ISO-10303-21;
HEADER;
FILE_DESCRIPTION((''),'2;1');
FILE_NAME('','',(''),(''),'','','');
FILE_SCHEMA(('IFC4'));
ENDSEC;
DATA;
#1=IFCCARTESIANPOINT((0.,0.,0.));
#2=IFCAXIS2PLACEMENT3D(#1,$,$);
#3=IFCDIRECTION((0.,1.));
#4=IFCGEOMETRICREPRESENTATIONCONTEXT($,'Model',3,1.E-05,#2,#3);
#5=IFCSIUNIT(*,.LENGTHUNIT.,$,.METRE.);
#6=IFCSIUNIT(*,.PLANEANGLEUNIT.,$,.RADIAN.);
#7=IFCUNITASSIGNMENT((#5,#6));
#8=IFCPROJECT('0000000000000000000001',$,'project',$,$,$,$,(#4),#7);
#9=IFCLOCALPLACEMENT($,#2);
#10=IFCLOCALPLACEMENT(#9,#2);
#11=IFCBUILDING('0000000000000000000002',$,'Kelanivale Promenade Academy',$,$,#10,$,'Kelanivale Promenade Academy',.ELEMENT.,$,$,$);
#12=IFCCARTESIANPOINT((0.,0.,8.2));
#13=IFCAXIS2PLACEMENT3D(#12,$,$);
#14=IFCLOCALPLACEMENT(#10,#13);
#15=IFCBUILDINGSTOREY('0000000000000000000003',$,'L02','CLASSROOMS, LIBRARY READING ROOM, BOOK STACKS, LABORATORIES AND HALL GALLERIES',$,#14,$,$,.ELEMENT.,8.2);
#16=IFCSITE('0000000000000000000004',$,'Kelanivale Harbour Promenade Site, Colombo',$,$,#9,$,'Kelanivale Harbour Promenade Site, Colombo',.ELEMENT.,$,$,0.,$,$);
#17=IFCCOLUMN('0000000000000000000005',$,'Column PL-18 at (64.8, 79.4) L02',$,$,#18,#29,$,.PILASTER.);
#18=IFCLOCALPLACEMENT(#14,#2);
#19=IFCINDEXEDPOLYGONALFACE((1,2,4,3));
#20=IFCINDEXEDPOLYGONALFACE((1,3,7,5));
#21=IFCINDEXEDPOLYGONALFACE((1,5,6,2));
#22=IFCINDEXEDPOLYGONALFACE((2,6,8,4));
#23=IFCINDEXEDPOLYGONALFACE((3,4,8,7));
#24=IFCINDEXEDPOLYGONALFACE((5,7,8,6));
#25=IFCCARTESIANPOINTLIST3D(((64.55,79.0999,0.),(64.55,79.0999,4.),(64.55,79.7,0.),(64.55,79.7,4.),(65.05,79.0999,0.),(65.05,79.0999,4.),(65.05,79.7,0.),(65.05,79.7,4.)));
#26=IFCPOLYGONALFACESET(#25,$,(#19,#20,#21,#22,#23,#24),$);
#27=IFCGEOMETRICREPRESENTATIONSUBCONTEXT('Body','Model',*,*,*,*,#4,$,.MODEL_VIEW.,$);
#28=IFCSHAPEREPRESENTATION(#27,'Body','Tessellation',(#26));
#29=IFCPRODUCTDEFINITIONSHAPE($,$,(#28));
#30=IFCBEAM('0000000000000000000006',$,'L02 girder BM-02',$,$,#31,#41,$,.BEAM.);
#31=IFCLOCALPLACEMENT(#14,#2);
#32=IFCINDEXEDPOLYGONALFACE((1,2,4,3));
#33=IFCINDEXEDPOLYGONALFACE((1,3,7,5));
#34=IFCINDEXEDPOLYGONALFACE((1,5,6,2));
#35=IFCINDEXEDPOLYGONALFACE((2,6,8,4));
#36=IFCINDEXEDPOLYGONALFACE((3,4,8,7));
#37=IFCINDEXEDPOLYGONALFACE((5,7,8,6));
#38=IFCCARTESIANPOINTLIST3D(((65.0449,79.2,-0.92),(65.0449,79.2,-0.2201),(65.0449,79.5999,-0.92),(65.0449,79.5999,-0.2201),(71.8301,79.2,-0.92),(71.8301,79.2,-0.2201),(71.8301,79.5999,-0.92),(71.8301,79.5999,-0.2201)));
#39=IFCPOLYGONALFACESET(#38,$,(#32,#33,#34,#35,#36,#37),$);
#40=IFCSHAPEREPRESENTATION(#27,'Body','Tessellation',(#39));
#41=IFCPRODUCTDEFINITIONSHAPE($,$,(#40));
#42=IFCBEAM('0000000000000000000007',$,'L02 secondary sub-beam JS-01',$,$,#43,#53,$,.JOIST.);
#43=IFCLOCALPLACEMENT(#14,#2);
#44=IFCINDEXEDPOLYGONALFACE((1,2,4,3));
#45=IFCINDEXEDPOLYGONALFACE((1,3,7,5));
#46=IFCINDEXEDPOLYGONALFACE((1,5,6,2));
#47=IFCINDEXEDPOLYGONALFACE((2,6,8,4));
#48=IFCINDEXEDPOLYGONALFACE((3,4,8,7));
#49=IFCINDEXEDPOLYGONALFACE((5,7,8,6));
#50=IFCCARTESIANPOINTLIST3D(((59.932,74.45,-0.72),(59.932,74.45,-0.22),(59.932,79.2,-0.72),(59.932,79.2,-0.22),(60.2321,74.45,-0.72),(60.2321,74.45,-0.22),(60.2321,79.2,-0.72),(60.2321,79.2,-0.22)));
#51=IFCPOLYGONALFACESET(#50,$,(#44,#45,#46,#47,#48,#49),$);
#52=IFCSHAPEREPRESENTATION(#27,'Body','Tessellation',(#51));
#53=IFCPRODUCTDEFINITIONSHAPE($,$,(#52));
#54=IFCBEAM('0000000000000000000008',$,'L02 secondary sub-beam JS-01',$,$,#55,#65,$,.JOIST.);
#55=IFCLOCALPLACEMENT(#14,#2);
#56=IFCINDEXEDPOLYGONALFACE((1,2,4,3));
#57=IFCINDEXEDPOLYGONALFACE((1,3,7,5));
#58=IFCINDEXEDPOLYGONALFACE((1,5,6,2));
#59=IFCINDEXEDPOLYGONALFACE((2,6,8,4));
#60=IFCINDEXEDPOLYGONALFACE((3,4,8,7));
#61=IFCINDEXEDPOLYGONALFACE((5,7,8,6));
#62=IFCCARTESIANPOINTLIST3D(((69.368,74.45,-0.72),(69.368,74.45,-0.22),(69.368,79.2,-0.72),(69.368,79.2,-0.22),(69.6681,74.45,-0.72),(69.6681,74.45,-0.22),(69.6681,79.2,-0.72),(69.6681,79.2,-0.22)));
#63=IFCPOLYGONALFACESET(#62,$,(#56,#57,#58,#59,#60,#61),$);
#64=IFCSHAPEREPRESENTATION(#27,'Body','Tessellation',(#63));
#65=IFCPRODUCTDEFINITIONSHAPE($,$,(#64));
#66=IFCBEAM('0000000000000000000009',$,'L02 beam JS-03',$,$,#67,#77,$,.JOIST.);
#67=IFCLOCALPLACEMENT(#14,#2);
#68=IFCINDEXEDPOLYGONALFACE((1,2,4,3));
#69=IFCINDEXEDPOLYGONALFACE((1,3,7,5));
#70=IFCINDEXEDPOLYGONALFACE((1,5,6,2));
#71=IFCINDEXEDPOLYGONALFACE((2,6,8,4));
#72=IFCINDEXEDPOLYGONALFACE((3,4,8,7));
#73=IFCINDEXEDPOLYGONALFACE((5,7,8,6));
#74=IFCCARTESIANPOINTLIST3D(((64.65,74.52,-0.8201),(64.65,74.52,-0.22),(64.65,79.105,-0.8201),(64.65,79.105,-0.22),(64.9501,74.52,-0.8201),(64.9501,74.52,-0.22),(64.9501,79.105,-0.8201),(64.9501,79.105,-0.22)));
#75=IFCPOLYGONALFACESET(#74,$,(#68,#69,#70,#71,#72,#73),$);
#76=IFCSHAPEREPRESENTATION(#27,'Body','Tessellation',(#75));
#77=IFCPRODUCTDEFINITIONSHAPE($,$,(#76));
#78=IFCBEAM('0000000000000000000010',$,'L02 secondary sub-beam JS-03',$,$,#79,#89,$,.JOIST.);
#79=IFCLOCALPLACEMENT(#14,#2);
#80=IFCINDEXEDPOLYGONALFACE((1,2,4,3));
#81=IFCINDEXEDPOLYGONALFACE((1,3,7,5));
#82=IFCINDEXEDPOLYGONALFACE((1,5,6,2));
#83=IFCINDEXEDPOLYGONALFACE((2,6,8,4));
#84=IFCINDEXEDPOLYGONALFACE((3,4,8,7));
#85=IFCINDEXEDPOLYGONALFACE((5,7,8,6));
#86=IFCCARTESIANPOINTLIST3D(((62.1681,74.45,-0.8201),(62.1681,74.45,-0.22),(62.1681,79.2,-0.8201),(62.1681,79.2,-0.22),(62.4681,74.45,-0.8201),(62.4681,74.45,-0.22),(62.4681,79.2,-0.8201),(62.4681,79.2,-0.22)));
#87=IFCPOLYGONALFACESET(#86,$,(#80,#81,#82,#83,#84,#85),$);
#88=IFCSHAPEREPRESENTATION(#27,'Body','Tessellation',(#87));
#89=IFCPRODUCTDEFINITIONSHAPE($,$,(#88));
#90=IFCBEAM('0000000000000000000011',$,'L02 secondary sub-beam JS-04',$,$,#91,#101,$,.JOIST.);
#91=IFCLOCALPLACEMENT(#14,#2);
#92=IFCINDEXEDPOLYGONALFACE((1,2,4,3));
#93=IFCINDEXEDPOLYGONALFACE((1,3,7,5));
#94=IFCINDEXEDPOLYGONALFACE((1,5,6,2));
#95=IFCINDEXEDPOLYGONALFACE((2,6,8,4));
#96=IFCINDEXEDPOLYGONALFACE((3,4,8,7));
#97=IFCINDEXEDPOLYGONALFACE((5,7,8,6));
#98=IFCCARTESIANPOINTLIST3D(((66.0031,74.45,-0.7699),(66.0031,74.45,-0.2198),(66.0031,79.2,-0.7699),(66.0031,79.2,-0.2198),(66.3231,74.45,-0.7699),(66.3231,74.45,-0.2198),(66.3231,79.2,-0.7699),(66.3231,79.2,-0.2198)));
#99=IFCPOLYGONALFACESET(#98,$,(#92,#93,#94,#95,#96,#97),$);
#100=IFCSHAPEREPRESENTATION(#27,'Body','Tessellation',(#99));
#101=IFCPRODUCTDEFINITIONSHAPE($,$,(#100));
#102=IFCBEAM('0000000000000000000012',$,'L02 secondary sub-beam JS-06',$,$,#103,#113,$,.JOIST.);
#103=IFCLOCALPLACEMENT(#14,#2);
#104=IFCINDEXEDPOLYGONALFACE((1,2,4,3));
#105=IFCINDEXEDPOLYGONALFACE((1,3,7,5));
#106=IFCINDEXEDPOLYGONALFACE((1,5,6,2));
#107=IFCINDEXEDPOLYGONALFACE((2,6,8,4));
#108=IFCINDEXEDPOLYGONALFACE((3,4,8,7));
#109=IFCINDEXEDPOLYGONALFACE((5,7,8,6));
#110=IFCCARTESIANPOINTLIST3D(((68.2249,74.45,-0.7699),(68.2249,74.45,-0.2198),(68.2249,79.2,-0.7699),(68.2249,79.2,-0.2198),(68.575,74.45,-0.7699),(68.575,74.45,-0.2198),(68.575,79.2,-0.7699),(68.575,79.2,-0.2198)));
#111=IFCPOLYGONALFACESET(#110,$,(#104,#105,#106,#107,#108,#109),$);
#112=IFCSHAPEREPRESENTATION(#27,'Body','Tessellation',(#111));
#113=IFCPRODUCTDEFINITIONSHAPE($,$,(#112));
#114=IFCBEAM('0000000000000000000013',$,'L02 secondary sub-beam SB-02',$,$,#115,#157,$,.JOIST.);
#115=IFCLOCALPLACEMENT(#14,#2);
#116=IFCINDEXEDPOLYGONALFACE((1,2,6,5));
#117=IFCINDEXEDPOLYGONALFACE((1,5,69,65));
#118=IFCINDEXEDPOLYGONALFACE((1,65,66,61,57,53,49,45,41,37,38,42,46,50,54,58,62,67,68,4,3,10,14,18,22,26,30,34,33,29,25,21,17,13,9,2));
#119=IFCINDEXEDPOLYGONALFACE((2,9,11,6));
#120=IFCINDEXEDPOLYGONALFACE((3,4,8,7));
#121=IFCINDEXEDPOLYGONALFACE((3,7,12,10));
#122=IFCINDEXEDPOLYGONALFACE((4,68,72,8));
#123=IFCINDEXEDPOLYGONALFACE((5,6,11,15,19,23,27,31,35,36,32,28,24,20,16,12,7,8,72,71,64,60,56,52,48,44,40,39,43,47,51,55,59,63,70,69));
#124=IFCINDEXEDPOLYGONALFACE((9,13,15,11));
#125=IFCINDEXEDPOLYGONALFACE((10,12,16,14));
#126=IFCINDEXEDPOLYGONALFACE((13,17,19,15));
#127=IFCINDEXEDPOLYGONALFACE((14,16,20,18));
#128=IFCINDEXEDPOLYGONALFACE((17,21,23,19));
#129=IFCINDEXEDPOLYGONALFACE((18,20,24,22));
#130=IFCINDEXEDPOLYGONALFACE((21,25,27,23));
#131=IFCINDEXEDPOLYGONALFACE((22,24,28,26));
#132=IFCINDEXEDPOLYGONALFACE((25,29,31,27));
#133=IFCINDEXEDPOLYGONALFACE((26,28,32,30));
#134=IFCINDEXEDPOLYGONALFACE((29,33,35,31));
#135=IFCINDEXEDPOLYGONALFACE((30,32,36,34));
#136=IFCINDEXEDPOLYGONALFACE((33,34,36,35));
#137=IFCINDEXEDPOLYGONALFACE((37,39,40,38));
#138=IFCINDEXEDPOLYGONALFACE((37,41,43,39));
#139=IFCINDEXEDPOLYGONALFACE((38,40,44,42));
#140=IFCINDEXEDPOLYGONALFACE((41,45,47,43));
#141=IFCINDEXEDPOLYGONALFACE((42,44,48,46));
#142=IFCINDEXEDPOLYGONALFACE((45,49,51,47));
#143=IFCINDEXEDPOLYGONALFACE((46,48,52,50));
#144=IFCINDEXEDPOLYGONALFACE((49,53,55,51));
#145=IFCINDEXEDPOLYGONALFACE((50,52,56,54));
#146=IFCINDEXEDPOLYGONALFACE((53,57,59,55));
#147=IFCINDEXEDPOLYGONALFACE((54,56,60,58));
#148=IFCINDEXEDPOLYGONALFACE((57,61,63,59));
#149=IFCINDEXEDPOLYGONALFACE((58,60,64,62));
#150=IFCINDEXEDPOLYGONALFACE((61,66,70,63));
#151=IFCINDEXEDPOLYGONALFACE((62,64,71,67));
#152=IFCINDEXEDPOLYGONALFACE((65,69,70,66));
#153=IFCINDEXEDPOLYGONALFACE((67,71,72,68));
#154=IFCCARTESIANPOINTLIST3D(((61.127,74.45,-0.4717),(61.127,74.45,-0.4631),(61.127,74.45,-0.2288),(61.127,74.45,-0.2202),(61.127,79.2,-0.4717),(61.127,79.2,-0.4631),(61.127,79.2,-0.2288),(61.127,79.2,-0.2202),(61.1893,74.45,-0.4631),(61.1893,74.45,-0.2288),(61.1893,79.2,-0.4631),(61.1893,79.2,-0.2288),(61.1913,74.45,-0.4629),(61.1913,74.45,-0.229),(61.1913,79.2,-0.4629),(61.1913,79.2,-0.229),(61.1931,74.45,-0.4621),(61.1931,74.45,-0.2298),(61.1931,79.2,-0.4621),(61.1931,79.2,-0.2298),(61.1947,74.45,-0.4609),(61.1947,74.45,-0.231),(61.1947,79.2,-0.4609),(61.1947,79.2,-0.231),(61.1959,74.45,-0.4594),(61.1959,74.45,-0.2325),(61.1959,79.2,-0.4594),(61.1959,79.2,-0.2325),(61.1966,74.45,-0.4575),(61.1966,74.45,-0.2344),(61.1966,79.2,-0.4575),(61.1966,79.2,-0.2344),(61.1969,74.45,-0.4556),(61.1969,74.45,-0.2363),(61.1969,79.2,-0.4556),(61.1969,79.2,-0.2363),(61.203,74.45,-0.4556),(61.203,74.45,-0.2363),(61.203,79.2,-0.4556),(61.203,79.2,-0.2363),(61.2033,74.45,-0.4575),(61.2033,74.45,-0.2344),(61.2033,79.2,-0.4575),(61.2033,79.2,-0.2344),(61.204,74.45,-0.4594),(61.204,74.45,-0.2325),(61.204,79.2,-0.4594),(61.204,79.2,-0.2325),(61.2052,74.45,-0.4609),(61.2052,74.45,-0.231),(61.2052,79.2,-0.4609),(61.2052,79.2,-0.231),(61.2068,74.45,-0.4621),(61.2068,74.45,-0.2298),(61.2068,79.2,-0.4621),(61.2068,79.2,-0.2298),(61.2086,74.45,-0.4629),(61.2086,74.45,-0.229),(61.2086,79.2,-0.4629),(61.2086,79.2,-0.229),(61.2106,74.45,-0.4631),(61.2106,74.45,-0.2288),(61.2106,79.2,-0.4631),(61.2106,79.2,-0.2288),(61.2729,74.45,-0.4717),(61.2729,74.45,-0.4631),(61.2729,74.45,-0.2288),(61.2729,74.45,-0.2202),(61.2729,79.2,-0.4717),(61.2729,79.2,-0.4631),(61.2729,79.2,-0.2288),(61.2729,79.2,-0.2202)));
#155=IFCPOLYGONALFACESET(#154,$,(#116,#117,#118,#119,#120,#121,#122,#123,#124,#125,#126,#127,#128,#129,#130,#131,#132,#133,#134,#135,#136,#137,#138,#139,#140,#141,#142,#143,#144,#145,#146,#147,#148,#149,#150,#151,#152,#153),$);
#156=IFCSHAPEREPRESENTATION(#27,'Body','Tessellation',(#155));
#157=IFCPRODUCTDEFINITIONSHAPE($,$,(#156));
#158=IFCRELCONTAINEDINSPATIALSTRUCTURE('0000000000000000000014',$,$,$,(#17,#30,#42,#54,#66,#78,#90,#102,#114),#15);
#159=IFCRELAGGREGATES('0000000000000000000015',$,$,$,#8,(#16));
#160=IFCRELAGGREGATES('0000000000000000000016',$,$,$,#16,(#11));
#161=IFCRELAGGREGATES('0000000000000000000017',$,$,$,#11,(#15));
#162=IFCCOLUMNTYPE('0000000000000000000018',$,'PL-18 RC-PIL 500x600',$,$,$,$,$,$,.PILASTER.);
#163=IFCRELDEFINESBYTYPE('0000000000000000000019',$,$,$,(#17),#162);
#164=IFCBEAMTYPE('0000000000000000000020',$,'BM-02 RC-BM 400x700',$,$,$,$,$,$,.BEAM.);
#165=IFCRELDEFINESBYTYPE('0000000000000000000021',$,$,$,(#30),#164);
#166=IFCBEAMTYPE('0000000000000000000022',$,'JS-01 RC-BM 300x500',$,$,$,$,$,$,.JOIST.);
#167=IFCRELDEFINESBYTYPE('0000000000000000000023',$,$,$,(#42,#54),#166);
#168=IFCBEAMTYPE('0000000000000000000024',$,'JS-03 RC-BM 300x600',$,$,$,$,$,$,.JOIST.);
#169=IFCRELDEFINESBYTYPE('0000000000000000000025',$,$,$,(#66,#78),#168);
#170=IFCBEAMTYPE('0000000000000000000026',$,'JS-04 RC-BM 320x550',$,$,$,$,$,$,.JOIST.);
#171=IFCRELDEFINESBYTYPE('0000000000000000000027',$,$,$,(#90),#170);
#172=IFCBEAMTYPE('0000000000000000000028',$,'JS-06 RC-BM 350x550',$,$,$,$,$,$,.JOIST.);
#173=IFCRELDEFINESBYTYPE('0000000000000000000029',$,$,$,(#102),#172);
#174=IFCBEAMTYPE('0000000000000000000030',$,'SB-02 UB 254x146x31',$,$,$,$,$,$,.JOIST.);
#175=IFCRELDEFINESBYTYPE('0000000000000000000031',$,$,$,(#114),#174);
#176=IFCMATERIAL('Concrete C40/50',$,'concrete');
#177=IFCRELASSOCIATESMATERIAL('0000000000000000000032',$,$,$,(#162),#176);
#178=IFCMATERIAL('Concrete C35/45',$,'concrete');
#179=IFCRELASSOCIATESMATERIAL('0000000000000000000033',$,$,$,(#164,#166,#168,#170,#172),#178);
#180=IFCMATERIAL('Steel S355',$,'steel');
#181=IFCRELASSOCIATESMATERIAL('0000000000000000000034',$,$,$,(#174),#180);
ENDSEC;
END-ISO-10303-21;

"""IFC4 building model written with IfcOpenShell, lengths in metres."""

from ifc_helpers import new_model, si_unit, direction, frame, origin, origin_2d, place, context, subcontext, project, spatial, rectangle, i_section, extrude, material, material_profile, profile_set, type_object, element, save


model = new_model("IFC4")

# Units and contexts
model_context = context("Model", 3, precision=1e-05, world=origin(), true_north=direction((0.0, 1.0)))
body_context = subcontext(model_context, "Body", "Model", "MODEL_VIEW")
ifc_project = project(units=[si_unit("LENGTHUNIT", "METRE"), si_unit("PLANEANGLEUNIT", "RADIAN")], contexts=[model_context])

# Site, building, storey
site_placement = place(None, origin())
site = spatial("IfcSite", under=ifc_project, at=site_placement, Name="Kelanivale Harbour Promenade Site, Colombo", LongName="Kelanivale Harbour Promenade Site, Colombo", CompositionType="ELEMENT", RefElevation=0.0)
building_placement = place(site_placement, origin())
building = spatial("IfcBuilding", under=site, at=building_placement, Name="Kelanivale Promenade Academy", LongName="Kelanivale Promenade Academy", CompositionType="ELEMENT")
storey_placement = place(building_placement, frame((0.0, 0.0, 8.2)))
storey = spatial("IfcBuildingStorey", under=building, at=storey_placement, Name="L02", Description="CLASSROOMS, LIBRARY READING ROOM, BOOK STACKS, LABORATORIES AND HALL GALLERIES", CompositionType="ELEMENT", Elevation=8.2)

# Column
ifc_material_1 = material(Name="Concrete C40/50", Category="concrete")
ifc_material_profile_1 = material_profile(ifc_material_1, rectangle(XDim=0.5, YDim=0.6001, at=origin_2d()), Name="RC-PIL 500x600")
ifc_profile_set_1 = profile_set([ifc_material_profile_1], Name="Concrete C40/50")
column_type = type_object("IfcColumnType", Name="PL-18 RC-PIL 500x600", PredefinedType="PILASTER", material=ifc_profile_set_1)
column_placement = place(storey_placement, frame((64.8, 79.3999, 0.0), z_axis=(0.0, 0.0, 1.0), x_axis=(1.0, 0.0, 0.0)))
element("IfcColumn", 1, at=column_placement, inside=storey, type_object=column_type, Name="Column PL-18 at (64.8, 79.4) L02", PredefinedType="PILASTER", context=body_context, shape_type="SweptSolid", body=[
    extrude(rectangle(XDim=0.5, YDim=0.6001, at=origin_2d()), origin(), (0.0, 0.0, 1.0), 4.0),
])

# Beams
ifc_material_2 = material(Name="Concrete C35/45", Category="concrete")
ifc_material_profile_2 = material_profile(ifc_material_2, rectangle(XDim=0.3999, YDim=0.7, at=origin_2d()), Name="RC-BM 400x700")
ifc_profile_set_2 = profile_set([ifc_material_profile_2], Name="Concrete C35/45")
beam_type_1 = type_object("IfcBeamType", Name="BM-02 RC-BM 400x700", PredefinedType="BEAM", material=ifc_profile_set_2)
beam_1_placement = place(storey_placement, frame((65.0449, 79.3999, -0.5701), z_axis=(1.0, 0.0, 0.0), x_axis=(0.0, 1.0, 0.0)))
element("IfcBeam", 2, at=beam_1_placement, inside=storey, type_object=beam_type_1, Name="L02 girder BM-02", PredefinedType="BEAM", context=body_context, shape_type="SweptSolid", body=[
    extrude(rectangle(XDim=0.3999, YDim=0.7, at=origin_2d()), origin(), (0.0, 0.0, 1.0), 6.7852),
])
ifc_material_profile_3 = material_profile(ifc_material_2, rectangle(XDim=0.3, YDim=0.5, at=origin_2d()), Name="RC-BM 300x500")
ifc_profile_set_3 = profile_set([ifc_material_profile_3], Name="Concrete C35/45")
beam_type_2 = type_object("IfcBeamType", Name="JS-01 RC-BM 300x500", PredefinedType="JOIST", material=ifc_profile_set_3)
for number, where, z_axis, x_axis, name in (
    (3, (60.082, 74.45, -0.47), (0.0, 1.0, 0.0), (-1.0, 0.0, 0.0), "L02 secondary sub-beam JS-01"),
    (4, (69.5181, 74.45, -0.47), (0.0, 1.0, 0.0), (-1.0, 0.0, 0.0), "L02 secondary sub-beam JS-01"),
):
    element("IfcBeam", number, at=place(storey_placement, frame(where, z_axis=z_axis, x_axis=x_axis)), inside=storey, type_object=beam_type_2, Name=name, PredefinedType="JOIST", context=body_context, shape_type="SweptSolid", body=[
        extrude(rectangle(XDim=0.3, YDim=0.5, at=origin_2d()), origin(), (0.0, 0.0, 1.0), 4.75),
    ])
ifc_material_profile_4 = material_profile(ifc_material_2, rectangle(XDim=0.3, YDim=0.6001, at=origin_2d()), Name="RC-BM 300x600")
ifc_profile_set_4 = profile_set([ifc_material_profile_4], Name="Concrete C35/45")
beam_type_3 = type_object("IfcBeamType", Name="JS-03 RC-BM 300x600", PredefinedType="JOIST", material=ifc_profile_set_4)
beam_2_placement = place(storey_placement, frame((64.8, 74.52, -0.52), z_axis=(0.0, 1.0, 0.0), x_axis=(-1.0, 0.0, 0.0)))
element("IfcBeam", 5, at=beam_2_placement, inside=storey, type_object=beam_type_3, Name="L02 beam JS-03", PredefinedType="JOIST", context=body_context, shape_type="SweptSolid", body=[
    extrude(rectangle(XDim=0.3, YDim=0.6001, at=origin_2d()), origin(), (0.0, 0.0, 1.0), 4.585),
])
beam_3_placement = place(storey_placement, frame((62.3181, 74.45, -0.52), z_axis=(0.0, 1.0, 0.0), x_axis=(-1.0, 0.0, 0.0)))
element("IfcBeam", 6, at=beam_3_placement, inside=storey, type_object=beam_type_3, Name="L02 secondary sub-beam JS-03", PredefinedType="JOIST", context=body_context, shape_type="SweptSolid", body=[
    extrude(rectangle(XDim=0.3, YDim=0.6001, at=origin_2d()), origin(), (0.0, 0.0, 1.0), 4.75),
])
ifc_material_profile_5 = material_profile(ifc_material_2, rectangle(XDim=0.3201, YDim=0.55, at=origin_2d()), Name="RC-BM 320x550")
ifc_profile_set_5 = profile_set([ifc_material_profile_5], Name="Concrete C35/45")
beam_type_4 = type_object("IfcBeamType", Name="JS-04 RC-BM 320x550", PredefinedType="JOIST", material=ifc_profile_set_5)
beam_4_placement = place(storey_placement, frame((66.1631, 74.45, -0.4949), z_axis=(0.0, 1.0, 0.0), x_axis=(-1.0, 0.0, 0.0)))
element("IfcBeam", 7, at=beam_4_placement, inside=storey, type_object=beam_type_4, Name="L02 secondary sub-beam JS-04", PredefinedType="JOIST", context=body_context, shape_type="SweptSolid", body=[
    extrude(rectangle(XDim=0.3201, YDim=0.55, at=origin_2d()), origin(), (0.0, 0.0, 1.0), 4.75),
])
ifc_material_profile_6 = material_profile(ifc_material_2, rectangle(XDim=0.3501, YDim=0.55, at=origin_2d()), Name="RC-BM 350x550")
ifc_profile_set_6 = profile_set([ifc_material_profile_6], Name="Concrete C35/45")
beam_type_5 = type_object("IfcBeamType", Name="JS-06 RC-BM 350x550", PredefinedType="JOIST", material=ifc_profile_set_6)
beam_5_placement = place(storey_placement, frame((68.3999, 74.45, -0.4949), z_axis=(0.0, 1.0, 0.0), x_axis=(-1.0, 0.0, 0.0)))
element("IfcBeam", 8, at=beam_5_placement, inside=storey, type_object=beam_type_5, Name="L02 secondary sub-beam JS-06", PredefinedType="JOIST", context=body_context, shape_type="SweptSolid", body=[
    extrude(rectangle(XDim=0.3501, YDim=0.55, at=origin_2d()), origin(), (0.0, 0.0, 1.0), 4.75),
])
ifc_material_3 = material(Name="Steel S355", Category="steel")
ifc_material_profile_7 = material_profile(ifc_material_3, i_section(OverallWidth=0.146, OverallDepth=0.2515, WebThickness=0.0061, FlangeThickness=0.0085, FilletRadius=0.0076, at=origin_2d()), Name="UB 254x146x31")
ifc_profile_set_7 = profile_set([ifc_material_profile_7], Name="Steel S355")
beam_type_6 = type_object("IfcBeamType", Name="SB-02 UB 254x146x31", PredefinedType="JOIST", material=ifc_profile_set_7)
beam_6_placement = place(storey_placement, frame((61.2, 74.45, -0.3459), z_axis=(0.0, 1.0, 0.0), x_axis=(-1.0, 0.0, 0.0)))
element("IfcBeam", 9, at=beam_6_placement, inside=storey, type_object=beam_type_6, Name="L02 secondary sub-beam SB-02", PredefinedType="JOIST", context=body_context, shape_type="SweptSolid", body=[
    extrude(i_section(OverallWidth=0.146, OverallDepth=0.2515, WebThickness=0.0061, FlangeThickness=0.0085, FilletRadius=0.0076, at=origin_2d()), origin(), (0.0, 0.0, 1.0), 4.75),
])

save(model, "model.ifc")
